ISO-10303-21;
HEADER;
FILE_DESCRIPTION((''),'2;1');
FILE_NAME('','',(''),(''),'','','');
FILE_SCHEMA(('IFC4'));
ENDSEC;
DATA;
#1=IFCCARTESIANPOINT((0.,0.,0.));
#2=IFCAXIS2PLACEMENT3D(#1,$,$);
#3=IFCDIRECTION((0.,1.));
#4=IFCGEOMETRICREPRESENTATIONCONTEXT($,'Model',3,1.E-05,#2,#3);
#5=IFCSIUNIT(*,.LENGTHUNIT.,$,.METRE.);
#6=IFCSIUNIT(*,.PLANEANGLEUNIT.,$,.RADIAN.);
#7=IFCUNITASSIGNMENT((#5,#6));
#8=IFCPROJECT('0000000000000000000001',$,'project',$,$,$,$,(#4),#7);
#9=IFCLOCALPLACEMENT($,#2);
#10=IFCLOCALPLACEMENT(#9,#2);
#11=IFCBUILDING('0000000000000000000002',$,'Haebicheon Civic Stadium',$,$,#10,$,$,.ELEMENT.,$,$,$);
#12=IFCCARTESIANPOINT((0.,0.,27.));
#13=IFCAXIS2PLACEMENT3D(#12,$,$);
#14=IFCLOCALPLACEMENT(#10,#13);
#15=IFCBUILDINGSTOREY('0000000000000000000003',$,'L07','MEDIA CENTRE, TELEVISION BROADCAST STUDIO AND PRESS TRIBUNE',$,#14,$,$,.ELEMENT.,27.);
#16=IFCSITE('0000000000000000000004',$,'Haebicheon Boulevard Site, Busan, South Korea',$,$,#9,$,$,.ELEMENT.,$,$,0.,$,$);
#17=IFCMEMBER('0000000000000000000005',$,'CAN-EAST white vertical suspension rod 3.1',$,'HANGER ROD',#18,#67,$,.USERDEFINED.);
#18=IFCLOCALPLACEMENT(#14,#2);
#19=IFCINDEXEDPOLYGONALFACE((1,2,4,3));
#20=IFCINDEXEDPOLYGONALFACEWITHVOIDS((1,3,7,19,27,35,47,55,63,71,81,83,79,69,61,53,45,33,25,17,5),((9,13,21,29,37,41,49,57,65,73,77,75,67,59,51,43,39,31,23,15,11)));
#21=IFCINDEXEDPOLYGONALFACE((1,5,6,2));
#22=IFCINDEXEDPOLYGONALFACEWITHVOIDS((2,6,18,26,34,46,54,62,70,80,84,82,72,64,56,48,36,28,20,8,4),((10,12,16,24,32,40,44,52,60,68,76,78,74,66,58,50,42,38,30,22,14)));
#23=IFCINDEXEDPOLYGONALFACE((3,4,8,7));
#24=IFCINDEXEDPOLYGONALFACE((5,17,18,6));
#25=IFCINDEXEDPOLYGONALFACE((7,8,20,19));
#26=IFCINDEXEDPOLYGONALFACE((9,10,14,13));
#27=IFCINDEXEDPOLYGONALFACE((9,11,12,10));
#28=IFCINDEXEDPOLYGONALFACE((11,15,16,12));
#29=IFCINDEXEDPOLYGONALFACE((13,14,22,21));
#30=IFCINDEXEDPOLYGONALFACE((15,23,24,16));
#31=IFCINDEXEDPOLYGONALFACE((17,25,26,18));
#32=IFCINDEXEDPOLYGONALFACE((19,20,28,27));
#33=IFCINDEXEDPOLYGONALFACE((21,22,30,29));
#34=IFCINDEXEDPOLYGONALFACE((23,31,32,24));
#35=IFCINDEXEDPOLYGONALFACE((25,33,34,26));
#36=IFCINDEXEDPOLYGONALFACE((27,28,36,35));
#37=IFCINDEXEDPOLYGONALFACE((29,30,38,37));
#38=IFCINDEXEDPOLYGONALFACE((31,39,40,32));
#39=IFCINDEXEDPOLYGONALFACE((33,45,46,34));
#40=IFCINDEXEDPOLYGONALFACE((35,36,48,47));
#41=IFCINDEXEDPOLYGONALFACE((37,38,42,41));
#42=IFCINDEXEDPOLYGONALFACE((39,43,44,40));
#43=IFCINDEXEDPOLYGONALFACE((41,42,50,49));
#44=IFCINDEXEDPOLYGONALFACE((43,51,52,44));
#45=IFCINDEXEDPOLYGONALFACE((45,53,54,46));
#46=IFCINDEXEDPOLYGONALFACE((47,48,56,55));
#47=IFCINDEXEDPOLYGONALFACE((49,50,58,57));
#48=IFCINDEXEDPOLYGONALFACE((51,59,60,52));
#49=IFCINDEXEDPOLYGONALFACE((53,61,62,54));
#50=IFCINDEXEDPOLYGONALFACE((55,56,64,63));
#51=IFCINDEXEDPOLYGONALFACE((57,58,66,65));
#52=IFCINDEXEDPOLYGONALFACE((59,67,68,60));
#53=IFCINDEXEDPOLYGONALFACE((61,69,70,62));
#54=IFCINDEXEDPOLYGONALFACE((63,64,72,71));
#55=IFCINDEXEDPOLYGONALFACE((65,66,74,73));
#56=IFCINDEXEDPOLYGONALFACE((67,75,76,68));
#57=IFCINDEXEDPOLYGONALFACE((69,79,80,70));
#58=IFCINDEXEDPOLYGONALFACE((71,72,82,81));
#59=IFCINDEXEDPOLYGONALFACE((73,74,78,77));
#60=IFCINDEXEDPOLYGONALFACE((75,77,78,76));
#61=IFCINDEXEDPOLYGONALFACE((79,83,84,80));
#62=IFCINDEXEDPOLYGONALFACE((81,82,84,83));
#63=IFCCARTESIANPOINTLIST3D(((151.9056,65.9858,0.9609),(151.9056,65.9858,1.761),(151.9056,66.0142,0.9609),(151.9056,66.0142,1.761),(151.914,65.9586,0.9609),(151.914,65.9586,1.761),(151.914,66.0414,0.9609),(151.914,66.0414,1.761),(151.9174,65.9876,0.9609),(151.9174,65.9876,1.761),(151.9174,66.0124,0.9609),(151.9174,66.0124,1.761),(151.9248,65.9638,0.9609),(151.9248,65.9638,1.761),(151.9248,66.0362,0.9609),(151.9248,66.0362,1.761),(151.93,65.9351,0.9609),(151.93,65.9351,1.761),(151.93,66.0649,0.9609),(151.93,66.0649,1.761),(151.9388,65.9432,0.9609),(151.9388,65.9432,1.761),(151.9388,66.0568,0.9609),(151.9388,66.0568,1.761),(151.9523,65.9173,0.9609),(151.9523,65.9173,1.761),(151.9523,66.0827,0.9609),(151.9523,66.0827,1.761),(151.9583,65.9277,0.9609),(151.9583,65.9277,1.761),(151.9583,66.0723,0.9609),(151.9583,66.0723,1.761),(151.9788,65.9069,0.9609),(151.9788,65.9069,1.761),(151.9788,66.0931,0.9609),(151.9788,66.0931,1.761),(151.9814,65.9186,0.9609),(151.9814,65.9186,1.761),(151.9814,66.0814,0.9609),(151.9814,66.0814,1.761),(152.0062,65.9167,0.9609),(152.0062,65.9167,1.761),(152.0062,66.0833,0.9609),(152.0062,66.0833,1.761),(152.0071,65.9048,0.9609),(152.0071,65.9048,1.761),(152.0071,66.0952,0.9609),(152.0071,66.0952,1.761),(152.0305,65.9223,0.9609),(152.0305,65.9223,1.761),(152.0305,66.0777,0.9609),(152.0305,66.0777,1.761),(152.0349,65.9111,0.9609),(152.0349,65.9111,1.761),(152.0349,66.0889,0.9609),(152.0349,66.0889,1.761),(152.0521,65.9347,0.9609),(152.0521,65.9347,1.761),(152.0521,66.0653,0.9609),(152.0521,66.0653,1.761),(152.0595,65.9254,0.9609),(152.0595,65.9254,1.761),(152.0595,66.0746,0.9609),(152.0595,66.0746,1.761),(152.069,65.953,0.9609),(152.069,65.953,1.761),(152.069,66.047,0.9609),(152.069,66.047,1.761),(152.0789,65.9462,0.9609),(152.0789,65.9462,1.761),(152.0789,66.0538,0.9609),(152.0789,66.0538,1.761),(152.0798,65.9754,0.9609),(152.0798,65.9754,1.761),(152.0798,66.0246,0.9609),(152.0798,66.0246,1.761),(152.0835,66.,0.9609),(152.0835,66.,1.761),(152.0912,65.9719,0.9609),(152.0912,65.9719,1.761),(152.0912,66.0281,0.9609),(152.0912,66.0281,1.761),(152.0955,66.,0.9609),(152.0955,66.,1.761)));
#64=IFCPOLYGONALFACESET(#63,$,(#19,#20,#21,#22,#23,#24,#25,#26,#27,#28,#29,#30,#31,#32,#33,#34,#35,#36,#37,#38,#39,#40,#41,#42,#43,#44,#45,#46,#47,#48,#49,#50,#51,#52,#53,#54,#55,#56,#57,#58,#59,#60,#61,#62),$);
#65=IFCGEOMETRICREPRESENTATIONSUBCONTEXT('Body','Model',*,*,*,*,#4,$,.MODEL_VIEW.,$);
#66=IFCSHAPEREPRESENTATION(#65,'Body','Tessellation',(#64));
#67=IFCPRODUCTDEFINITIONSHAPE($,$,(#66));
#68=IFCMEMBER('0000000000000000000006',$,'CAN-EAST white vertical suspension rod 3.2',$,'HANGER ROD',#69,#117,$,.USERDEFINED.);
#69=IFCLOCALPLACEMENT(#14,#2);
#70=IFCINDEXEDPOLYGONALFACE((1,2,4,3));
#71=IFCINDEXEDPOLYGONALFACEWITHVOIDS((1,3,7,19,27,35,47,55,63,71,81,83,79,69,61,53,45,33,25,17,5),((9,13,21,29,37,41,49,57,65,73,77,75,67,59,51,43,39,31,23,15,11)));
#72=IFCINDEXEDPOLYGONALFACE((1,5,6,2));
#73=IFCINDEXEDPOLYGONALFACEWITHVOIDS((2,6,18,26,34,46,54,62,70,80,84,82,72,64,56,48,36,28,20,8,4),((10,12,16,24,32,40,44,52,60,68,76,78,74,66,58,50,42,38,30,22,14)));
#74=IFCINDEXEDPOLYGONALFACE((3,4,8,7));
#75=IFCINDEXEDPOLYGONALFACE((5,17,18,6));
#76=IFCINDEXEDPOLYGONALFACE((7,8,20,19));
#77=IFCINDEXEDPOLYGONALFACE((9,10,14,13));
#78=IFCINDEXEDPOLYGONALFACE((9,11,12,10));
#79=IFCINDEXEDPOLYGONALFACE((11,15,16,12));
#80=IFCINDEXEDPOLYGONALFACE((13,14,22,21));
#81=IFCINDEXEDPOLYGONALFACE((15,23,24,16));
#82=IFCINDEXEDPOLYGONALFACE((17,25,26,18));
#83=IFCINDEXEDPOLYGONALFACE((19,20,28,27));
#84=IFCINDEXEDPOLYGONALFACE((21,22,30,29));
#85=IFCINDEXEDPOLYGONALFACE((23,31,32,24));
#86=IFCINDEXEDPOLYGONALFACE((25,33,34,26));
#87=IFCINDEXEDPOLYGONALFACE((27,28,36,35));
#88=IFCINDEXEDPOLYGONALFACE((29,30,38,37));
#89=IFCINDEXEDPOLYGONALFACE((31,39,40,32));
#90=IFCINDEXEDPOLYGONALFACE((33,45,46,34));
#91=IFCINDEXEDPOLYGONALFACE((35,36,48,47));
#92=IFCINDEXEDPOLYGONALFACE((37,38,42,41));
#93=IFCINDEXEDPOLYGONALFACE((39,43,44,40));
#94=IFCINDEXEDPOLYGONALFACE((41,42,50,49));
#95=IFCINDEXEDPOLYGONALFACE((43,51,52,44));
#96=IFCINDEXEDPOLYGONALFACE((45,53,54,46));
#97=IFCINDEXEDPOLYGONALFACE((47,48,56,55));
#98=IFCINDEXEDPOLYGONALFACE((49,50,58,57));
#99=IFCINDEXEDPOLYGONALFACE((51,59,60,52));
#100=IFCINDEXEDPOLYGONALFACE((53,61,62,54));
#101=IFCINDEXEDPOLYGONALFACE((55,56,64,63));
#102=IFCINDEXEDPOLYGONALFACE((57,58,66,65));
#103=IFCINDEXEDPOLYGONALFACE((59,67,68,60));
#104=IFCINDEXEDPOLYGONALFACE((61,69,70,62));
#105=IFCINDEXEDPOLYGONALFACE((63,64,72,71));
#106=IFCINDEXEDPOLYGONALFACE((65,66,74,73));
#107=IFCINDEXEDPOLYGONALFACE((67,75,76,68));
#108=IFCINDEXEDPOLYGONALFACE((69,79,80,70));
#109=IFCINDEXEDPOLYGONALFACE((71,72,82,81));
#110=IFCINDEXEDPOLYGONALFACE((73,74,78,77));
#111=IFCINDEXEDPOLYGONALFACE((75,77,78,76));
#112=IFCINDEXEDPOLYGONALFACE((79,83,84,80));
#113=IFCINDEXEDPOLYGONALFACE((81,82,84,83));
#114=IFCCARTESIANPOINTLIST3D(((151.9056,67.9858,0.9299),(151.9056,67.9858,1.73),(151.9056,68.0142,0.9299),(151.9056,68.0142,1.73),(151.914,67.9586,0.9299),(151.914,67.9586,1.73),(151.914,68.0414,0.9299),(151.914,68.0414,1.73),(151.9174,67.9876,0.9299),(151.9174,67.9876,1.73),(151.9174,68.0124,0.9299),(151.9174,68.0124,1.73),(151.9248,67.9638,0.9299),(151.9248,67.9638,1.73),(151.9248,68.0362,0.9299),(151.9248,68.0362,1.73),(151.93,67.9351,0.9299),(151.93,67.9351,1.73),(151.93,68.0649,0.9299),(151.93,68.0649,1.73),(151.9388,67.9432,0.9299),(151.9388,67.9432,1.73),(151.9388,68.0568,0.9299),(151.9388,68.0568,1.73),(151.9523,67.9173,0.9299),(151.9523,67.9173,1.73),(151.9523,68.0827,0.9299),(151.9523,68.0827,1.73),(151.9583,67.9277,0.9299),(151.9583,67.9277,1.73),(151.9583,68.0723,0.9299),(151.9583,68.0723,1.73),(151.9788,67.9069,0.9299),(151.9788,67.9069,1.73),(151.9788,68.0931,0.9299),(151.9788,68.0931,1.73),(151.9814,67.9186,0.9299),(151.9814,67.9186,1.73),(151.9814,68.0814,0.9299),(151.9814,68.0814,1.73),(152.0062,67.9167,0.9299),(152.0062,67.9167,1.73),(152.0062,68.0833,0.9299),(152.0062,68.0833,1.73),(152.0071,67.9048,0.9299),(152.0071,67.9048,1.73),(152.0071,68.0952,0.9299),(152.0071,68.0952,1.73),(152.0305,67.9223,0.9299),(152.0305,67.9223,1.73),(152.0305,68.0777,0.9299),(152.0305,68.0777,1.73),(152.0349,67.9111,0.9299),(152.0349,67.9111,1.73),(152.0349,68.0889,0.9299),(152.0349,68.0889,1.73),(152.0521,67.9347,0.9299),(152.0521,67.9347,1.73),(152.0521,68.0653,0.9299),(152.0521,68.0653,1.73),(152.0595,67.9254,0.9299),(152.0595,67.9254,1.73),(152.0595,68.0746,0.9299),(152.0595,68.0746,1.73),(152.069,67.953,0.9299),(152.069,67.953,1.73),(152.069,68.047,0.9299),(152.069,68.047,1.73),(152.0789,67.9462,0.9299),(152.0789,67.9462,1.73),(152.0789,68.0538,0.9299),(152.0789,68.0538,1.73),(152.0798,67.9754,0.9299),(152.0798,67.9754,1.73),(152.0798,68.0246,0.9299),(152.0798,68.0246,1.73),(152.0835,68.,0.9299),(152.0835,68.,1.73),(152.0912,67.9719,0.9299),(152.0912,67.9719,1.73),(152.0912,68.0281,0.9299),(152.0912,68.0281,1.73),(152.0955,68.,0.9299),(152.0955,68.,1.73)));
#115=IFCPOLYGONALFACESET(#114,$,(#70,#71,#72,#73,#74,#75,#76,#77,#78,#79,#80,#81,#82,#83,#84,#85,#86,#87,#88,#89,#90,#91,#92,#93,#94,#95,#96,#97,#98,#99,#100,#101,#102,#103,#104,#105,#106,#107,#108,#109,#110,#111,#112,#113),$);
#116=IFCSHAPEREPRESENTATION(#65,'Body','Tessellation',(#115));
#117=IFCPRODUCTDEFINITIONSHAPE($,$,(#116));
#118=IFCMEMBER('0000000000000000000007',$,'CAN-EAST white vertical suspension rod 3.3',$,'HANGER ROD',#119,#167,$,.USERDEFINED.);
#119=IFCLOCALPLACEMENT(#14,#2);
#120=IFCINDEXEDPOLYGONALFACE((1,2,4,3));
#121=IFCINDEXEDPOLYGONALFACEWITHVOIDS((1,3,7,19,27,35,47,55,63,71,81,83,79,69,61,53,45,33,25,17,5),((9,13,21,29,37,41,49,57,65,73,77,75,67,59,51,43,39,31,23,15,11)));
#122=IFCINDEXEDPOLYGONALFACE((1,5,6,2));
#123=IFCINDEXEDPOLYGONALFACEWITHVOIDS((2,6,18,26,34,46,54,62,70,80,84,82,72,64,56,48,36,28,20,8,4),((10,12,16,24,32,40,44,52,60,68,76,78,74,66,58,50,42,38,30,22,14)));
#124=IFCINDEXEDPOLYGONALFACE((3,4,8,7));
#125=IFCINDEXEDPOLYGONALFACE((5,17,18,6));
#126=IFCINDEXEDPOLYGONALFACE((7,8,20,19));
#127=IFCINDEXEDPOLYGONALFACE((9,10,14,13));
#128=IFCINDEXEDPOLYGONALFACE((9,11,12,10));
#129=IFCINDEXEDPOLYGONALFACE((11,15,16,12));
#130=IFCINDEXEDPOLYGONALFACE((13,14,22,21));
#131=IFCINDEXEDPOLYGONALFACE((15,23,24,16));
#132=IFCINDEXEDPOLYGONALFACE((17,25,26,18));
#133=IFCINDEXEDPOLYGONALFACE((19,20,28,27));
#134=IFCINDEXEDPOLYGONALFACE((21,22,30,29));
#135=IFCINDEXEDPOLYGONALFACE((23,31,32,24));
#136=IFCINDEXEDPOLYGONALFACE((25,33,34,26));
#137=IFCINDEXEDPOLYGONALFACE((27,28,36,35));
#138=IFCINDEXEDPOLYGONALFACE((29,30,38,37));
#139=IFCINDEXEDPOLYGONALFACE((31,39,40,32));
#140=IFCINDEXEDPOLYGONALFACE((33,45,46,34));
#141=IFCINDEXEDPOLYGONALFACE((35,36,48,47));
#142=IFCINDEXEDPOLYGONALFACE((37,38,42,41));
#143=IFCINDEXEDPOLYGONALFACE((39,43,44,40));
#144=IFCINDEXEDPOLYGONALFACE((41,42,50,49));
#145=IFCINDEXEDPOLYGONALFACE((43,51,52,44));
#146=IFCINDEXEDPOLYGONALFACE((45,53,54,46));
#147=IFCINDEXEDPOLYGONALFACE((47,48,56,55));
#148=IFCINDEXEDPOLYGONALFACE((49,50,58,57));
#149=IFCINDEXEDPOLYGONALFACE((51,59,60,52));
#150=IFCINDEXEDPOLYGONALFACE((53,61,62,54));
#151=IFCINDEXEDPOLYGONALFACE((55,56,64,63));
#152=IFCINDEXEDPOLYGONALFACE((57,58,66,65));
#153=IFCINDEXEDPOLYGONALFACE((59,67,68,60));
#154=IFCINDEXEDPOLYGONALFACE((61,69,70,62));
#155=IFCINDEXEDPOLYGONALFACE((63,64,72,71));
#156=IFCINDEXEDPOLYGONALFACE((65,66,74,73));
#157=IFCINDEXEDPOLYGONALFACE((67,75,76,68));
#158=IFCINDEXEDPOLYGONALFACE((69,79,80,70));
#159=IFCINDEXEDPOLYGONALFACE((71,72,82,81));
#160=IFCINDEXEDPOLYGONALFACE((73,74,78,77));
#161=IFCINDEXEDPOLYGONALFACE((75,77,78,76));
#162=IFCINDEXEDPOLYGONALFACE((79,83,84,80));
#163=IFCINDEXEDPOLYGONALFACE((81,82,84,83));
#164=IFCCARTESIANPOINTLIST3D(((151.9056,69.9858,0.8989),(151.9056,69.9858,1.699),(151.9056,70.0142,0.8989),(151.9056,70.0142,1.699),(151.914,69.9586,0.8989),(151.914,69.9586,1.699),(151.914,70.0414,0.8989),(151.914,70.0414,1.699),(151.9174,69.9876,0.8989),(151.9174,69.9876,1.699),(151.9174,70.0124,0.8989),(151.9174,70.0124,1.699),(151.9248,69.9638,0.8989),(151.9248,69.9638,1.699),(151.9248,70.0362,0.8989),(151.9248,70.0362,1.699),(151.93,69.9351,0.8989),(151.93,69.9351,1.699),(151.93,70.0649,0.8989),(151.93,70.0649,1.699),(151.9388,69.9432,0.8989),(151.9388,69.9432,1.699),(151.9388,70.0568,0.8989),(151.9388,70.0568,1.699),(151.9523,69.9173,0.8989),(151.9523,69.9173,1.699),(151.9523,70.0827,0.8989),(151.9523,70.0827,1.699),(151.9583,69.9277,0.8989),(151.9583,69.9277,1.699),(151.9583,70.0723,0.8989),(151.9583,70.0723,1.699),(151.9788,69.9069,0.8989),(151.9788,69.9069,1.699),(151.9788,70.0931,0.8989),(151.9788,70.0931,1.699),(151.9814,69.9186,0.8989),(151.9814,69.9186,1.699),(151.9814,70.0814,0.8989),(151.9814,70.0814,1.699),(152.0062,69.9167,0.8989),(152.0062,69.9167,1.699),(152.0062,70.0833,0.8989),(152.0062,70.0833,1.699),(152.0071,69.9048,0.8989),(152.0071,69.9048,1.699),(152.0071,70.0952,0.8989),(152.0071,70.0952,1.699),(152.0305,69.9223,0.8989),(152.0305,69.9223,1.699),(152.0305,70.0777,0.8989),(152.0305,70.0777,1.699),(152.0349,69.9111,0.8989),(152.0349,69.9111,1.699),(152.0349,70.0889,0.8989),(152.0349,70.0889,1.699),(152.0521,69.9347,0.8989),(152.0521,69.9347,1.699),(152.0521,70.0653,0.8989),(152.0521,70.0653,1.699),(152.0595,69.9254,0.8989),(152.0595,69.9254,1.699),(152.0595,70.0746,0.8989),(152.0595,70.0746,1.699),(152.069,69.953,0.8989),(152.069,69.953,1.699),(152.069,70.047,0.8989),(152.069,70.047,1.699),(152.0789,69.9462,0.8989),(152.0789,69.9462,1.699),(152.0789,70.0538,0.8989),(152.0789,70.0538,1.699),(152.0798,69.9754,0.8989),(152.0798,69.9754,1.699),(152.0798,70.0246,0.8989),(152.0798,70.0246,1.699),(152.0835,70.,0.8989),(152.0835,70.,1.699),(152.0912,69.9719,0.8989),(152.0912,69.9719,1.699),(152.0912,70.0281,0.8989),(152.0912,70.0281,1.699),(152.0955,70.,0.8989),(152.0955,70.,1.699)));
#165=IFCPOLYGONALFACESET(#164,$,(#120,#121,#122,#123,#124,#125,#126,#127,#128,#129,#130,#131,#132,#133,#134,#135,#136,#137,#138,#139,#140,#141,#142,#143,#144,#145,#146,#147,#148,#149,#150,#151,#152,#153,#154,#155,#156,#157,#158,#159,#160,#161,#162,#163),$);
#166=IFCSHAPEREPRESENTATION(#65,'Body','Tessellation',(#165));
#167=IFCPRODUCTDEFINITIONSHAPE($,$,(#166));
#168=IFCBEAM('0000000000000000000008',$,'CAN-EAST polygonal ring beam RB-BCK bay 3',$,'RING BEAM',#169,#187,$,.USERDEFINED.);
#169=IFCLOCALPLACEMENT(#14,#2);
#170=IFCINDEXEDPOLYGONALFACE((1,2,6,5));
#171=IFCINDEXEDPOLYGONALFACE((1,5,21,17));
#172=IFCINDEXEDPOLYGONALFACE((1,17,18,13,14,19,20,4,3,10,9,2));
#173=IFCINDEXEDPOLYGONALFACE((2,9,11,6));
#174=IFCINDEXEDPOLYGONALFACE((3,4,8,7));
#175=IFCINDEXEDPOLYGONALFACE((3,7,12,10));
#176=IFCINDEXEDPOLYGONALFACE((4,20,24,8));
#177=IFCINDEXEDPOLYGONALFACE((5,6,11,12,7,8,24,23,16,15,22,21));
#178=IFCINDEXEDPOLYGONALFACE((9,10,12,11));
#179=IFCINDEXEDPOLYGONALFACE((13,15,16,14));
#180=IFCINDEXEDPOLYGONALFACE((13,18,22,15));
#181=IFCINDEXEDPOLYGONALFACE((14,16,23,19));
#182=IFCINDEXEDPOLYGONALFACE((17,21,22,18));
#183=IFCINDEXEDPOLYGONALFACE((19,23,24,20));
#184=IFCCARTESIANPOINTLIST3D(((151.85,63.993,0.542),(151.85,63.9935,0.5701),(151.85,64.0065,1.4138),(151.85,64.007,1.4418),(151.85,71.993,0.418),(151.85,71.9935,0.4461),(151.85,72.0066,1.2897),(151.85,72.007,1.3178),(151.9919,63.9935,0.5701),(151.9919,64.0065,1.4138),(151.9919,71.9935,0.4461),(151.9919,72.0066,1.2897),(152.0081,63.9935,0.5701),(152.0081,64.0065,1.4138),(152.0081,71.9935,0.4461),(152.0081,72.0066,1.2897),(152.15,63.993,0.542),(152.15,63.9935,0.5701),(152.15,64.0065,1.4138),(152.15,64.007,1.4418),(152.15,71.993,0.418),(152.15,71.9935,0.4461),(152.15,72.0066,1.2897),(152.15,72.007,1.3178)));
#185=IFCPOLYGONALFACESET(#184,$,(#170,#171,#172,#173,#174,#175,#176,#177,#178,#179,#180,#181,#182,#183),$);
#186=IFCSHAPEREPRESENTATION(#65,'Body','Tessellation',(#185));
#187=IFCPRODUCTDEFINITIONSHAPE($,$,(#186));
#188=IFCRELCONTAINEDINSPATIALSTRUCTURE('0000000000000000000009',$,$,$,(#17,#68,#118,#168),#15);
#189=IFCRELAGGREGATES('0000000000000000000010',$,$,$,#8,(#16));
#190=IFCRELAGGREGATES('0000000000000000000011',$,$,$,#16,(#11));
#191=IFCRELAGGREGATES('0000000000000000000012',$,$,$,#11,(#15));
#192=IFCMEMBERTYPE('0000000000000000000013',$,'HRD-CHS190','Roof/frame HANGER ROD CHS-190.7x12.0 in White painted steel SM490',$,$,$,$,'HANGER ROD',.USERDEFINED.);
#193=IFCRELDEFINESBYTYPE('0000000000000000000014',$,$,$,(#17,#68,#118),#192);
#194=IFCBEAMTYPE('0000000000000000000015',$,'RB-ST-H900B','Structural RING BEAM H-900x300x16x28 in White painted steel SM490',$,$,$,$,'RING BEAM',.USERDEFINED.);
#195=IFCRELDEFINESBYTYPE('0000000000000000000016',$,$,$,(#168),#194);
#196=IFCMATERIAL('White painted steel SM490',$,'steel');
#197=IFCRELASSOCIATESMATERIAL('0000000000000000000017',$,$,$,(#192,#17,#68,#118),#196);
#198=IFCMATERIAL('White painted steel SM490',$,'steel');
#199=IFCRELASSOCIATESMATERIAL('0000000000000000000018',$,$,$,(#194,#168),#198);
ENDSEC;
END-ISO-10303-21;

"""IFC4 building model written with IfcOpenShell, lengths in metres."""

from ifc_helpers import new_model, si_unit, direction, frame, origin, origin_2d, place, context, subcontext, project, spatial, hollow_circle, i_section, extrude, material, material_profile, profile_set, type_object, element, save


model = new_model("IFC4")

# Units and contexts
model_context = context("Model", 3, precision=1e-05, world=origin(), true_north=direction((0.0, 1.0)))
body_context = subcontext(model_context, "Body", "Model", "MODEL_VIEW")
ifc_project = project(units=[si_unit("LENGTHUNIT", "METRE"), si_unit("PLANEANGLEUNIT", "RADIAN")], contexts=[model_context])

# Site, building, storey
site_placement = place(None, origin())
site = spatial("IfcSite", under=ifc_project, at=site_placement, Name="Haebicheon Boulevard Site, Busan, South Korea", CompositionType="ELEMENT", RefElevation=0.0)
building_placement = place(site_placement, origin())
building = spatial("IfcBuilding", under=site, at=building_placement, Name="Haebicheon Civic Stadium", CompositionType="ELEMENT")
storey_placement = place(building_placement, frame((0.0, 0.0, 27.0)))
storey = spatial("IfcBuildingStorey", under=building, at=storey_placement, Name="L07", Description="MEDIA CENTRE, TELEVISION BROADCAST STUDIO AND PRESS TRIBUNE", CompositionType="ELEMENT", Elevation=27.0)

# Members
ifc_material_1 = material(Name="White painted steel SM490", Category="steel")
ifc_material_profile_1 = material_profile(ifc_material_1, hollow_circle(Radius=0.0955, WallThickness=0.012, at=origin_2d()), Name="CHS-190.7x12.0")
ifc_profile_set_1 = profile_set([ifc_material_profile_1], Name="White painted steel SM490")
member_type_1 = type_object("IfcMemberType", Name="HRD-CHS190", Description="Roof/frame HANGER ROD CHS-190.7x12.0 in White painted steel SM490", ElementType="HANGER ROD", PredefinedType="USERDEFINED", material=ifc_profile_set_1)
for number, where, z_axis, x_axis, name in (
    (1, (152.0, 66.0, 0.9609), (0.0, 0.0, 1.0), (1.0, 0.0, 0.0), "CAN-EAST white vertical suspension rod 3.1"),
    (2, (152.0, 68.0, 0.9299), (0.0, 0.0, 1.0), (1.0, 0.0, 0.0), "CAN-EAST white vertical suspension rod 3.2"),
    (3, (152.0, 70.0, 0.8989), (0.0, 0.0, 1.0), (1.0, 0.0, 0.0), "CAN-EAST white vertical suspension rod 3.3"),
):
    element("IfcMember", number, at=place(storey_placement, frame(where, z_axis=z_axis, x_axis=x_axis)), inside=storey, type_object=member_type_1, material=ifc_profile_set_1, Name=name, ObjectType="HANGER ROD", PredefinedType="USERDEFINED", context=body_context, shape_type="SweptSolid", body=[
        extrude(hollow_circle(Radius=0.0955, WallThickness=0.012, at=origin_2d()), origin(), (0.0, 0.0, 1.0), 0.8),
    ])

# Beam
ifc_material_2 = material(Name="White painted steel SM490", Category="steel")
ifc_material_profile_2 = material_profile(ifc_material_2, i_section(OverallWidth=0.3, OverallDepth=0.8999, WebThickness=0.0161, FlangeThickness=0.0281, at=origin_2d()), Name="H-900x300x16x28")
ifc_profile_set_2 = profile_set([ifc_material_profile_2], Name="White painted steel SM490")
beam_type_1 = type_object("IfcBeamType", Name="RB-ST-H900B", Description="Structural RING BEAM H-900x300x16x28 in White painted steel SM490", ElementType="RING BEAM", PredefinedType="USERDEFINED", material=ifc_profile_set_2)
beam_1_placement = place(storey_placement, frame((152.0, 64.0, 0.9919), z_axis=(0.0, 0.99988, -0.015501), x_axis=(-1.0, 0.0, 0.0)))
element("IfcBeam", 4, at=beam_1_placement, inside=storey, type_object=beam_type_1, material=ifc_profile_set_2, Name="CAN-EAST polygonal ring beam RB-BCK bay 3", ObjectType="RING BEAM", PredefinedType="USERDEFINED", context=body_context, shape_type="SweptSolid", body=[
    extrude(i_section(OverallWidth=0.3, OverallDepth=0.8999, WebThickness=0.0161, FlangeThickness=0.0281, at=origin_2d()), origin(), (0.0, 0.0, 1.0), 8.001),
])

save(model, "model.ifc")
